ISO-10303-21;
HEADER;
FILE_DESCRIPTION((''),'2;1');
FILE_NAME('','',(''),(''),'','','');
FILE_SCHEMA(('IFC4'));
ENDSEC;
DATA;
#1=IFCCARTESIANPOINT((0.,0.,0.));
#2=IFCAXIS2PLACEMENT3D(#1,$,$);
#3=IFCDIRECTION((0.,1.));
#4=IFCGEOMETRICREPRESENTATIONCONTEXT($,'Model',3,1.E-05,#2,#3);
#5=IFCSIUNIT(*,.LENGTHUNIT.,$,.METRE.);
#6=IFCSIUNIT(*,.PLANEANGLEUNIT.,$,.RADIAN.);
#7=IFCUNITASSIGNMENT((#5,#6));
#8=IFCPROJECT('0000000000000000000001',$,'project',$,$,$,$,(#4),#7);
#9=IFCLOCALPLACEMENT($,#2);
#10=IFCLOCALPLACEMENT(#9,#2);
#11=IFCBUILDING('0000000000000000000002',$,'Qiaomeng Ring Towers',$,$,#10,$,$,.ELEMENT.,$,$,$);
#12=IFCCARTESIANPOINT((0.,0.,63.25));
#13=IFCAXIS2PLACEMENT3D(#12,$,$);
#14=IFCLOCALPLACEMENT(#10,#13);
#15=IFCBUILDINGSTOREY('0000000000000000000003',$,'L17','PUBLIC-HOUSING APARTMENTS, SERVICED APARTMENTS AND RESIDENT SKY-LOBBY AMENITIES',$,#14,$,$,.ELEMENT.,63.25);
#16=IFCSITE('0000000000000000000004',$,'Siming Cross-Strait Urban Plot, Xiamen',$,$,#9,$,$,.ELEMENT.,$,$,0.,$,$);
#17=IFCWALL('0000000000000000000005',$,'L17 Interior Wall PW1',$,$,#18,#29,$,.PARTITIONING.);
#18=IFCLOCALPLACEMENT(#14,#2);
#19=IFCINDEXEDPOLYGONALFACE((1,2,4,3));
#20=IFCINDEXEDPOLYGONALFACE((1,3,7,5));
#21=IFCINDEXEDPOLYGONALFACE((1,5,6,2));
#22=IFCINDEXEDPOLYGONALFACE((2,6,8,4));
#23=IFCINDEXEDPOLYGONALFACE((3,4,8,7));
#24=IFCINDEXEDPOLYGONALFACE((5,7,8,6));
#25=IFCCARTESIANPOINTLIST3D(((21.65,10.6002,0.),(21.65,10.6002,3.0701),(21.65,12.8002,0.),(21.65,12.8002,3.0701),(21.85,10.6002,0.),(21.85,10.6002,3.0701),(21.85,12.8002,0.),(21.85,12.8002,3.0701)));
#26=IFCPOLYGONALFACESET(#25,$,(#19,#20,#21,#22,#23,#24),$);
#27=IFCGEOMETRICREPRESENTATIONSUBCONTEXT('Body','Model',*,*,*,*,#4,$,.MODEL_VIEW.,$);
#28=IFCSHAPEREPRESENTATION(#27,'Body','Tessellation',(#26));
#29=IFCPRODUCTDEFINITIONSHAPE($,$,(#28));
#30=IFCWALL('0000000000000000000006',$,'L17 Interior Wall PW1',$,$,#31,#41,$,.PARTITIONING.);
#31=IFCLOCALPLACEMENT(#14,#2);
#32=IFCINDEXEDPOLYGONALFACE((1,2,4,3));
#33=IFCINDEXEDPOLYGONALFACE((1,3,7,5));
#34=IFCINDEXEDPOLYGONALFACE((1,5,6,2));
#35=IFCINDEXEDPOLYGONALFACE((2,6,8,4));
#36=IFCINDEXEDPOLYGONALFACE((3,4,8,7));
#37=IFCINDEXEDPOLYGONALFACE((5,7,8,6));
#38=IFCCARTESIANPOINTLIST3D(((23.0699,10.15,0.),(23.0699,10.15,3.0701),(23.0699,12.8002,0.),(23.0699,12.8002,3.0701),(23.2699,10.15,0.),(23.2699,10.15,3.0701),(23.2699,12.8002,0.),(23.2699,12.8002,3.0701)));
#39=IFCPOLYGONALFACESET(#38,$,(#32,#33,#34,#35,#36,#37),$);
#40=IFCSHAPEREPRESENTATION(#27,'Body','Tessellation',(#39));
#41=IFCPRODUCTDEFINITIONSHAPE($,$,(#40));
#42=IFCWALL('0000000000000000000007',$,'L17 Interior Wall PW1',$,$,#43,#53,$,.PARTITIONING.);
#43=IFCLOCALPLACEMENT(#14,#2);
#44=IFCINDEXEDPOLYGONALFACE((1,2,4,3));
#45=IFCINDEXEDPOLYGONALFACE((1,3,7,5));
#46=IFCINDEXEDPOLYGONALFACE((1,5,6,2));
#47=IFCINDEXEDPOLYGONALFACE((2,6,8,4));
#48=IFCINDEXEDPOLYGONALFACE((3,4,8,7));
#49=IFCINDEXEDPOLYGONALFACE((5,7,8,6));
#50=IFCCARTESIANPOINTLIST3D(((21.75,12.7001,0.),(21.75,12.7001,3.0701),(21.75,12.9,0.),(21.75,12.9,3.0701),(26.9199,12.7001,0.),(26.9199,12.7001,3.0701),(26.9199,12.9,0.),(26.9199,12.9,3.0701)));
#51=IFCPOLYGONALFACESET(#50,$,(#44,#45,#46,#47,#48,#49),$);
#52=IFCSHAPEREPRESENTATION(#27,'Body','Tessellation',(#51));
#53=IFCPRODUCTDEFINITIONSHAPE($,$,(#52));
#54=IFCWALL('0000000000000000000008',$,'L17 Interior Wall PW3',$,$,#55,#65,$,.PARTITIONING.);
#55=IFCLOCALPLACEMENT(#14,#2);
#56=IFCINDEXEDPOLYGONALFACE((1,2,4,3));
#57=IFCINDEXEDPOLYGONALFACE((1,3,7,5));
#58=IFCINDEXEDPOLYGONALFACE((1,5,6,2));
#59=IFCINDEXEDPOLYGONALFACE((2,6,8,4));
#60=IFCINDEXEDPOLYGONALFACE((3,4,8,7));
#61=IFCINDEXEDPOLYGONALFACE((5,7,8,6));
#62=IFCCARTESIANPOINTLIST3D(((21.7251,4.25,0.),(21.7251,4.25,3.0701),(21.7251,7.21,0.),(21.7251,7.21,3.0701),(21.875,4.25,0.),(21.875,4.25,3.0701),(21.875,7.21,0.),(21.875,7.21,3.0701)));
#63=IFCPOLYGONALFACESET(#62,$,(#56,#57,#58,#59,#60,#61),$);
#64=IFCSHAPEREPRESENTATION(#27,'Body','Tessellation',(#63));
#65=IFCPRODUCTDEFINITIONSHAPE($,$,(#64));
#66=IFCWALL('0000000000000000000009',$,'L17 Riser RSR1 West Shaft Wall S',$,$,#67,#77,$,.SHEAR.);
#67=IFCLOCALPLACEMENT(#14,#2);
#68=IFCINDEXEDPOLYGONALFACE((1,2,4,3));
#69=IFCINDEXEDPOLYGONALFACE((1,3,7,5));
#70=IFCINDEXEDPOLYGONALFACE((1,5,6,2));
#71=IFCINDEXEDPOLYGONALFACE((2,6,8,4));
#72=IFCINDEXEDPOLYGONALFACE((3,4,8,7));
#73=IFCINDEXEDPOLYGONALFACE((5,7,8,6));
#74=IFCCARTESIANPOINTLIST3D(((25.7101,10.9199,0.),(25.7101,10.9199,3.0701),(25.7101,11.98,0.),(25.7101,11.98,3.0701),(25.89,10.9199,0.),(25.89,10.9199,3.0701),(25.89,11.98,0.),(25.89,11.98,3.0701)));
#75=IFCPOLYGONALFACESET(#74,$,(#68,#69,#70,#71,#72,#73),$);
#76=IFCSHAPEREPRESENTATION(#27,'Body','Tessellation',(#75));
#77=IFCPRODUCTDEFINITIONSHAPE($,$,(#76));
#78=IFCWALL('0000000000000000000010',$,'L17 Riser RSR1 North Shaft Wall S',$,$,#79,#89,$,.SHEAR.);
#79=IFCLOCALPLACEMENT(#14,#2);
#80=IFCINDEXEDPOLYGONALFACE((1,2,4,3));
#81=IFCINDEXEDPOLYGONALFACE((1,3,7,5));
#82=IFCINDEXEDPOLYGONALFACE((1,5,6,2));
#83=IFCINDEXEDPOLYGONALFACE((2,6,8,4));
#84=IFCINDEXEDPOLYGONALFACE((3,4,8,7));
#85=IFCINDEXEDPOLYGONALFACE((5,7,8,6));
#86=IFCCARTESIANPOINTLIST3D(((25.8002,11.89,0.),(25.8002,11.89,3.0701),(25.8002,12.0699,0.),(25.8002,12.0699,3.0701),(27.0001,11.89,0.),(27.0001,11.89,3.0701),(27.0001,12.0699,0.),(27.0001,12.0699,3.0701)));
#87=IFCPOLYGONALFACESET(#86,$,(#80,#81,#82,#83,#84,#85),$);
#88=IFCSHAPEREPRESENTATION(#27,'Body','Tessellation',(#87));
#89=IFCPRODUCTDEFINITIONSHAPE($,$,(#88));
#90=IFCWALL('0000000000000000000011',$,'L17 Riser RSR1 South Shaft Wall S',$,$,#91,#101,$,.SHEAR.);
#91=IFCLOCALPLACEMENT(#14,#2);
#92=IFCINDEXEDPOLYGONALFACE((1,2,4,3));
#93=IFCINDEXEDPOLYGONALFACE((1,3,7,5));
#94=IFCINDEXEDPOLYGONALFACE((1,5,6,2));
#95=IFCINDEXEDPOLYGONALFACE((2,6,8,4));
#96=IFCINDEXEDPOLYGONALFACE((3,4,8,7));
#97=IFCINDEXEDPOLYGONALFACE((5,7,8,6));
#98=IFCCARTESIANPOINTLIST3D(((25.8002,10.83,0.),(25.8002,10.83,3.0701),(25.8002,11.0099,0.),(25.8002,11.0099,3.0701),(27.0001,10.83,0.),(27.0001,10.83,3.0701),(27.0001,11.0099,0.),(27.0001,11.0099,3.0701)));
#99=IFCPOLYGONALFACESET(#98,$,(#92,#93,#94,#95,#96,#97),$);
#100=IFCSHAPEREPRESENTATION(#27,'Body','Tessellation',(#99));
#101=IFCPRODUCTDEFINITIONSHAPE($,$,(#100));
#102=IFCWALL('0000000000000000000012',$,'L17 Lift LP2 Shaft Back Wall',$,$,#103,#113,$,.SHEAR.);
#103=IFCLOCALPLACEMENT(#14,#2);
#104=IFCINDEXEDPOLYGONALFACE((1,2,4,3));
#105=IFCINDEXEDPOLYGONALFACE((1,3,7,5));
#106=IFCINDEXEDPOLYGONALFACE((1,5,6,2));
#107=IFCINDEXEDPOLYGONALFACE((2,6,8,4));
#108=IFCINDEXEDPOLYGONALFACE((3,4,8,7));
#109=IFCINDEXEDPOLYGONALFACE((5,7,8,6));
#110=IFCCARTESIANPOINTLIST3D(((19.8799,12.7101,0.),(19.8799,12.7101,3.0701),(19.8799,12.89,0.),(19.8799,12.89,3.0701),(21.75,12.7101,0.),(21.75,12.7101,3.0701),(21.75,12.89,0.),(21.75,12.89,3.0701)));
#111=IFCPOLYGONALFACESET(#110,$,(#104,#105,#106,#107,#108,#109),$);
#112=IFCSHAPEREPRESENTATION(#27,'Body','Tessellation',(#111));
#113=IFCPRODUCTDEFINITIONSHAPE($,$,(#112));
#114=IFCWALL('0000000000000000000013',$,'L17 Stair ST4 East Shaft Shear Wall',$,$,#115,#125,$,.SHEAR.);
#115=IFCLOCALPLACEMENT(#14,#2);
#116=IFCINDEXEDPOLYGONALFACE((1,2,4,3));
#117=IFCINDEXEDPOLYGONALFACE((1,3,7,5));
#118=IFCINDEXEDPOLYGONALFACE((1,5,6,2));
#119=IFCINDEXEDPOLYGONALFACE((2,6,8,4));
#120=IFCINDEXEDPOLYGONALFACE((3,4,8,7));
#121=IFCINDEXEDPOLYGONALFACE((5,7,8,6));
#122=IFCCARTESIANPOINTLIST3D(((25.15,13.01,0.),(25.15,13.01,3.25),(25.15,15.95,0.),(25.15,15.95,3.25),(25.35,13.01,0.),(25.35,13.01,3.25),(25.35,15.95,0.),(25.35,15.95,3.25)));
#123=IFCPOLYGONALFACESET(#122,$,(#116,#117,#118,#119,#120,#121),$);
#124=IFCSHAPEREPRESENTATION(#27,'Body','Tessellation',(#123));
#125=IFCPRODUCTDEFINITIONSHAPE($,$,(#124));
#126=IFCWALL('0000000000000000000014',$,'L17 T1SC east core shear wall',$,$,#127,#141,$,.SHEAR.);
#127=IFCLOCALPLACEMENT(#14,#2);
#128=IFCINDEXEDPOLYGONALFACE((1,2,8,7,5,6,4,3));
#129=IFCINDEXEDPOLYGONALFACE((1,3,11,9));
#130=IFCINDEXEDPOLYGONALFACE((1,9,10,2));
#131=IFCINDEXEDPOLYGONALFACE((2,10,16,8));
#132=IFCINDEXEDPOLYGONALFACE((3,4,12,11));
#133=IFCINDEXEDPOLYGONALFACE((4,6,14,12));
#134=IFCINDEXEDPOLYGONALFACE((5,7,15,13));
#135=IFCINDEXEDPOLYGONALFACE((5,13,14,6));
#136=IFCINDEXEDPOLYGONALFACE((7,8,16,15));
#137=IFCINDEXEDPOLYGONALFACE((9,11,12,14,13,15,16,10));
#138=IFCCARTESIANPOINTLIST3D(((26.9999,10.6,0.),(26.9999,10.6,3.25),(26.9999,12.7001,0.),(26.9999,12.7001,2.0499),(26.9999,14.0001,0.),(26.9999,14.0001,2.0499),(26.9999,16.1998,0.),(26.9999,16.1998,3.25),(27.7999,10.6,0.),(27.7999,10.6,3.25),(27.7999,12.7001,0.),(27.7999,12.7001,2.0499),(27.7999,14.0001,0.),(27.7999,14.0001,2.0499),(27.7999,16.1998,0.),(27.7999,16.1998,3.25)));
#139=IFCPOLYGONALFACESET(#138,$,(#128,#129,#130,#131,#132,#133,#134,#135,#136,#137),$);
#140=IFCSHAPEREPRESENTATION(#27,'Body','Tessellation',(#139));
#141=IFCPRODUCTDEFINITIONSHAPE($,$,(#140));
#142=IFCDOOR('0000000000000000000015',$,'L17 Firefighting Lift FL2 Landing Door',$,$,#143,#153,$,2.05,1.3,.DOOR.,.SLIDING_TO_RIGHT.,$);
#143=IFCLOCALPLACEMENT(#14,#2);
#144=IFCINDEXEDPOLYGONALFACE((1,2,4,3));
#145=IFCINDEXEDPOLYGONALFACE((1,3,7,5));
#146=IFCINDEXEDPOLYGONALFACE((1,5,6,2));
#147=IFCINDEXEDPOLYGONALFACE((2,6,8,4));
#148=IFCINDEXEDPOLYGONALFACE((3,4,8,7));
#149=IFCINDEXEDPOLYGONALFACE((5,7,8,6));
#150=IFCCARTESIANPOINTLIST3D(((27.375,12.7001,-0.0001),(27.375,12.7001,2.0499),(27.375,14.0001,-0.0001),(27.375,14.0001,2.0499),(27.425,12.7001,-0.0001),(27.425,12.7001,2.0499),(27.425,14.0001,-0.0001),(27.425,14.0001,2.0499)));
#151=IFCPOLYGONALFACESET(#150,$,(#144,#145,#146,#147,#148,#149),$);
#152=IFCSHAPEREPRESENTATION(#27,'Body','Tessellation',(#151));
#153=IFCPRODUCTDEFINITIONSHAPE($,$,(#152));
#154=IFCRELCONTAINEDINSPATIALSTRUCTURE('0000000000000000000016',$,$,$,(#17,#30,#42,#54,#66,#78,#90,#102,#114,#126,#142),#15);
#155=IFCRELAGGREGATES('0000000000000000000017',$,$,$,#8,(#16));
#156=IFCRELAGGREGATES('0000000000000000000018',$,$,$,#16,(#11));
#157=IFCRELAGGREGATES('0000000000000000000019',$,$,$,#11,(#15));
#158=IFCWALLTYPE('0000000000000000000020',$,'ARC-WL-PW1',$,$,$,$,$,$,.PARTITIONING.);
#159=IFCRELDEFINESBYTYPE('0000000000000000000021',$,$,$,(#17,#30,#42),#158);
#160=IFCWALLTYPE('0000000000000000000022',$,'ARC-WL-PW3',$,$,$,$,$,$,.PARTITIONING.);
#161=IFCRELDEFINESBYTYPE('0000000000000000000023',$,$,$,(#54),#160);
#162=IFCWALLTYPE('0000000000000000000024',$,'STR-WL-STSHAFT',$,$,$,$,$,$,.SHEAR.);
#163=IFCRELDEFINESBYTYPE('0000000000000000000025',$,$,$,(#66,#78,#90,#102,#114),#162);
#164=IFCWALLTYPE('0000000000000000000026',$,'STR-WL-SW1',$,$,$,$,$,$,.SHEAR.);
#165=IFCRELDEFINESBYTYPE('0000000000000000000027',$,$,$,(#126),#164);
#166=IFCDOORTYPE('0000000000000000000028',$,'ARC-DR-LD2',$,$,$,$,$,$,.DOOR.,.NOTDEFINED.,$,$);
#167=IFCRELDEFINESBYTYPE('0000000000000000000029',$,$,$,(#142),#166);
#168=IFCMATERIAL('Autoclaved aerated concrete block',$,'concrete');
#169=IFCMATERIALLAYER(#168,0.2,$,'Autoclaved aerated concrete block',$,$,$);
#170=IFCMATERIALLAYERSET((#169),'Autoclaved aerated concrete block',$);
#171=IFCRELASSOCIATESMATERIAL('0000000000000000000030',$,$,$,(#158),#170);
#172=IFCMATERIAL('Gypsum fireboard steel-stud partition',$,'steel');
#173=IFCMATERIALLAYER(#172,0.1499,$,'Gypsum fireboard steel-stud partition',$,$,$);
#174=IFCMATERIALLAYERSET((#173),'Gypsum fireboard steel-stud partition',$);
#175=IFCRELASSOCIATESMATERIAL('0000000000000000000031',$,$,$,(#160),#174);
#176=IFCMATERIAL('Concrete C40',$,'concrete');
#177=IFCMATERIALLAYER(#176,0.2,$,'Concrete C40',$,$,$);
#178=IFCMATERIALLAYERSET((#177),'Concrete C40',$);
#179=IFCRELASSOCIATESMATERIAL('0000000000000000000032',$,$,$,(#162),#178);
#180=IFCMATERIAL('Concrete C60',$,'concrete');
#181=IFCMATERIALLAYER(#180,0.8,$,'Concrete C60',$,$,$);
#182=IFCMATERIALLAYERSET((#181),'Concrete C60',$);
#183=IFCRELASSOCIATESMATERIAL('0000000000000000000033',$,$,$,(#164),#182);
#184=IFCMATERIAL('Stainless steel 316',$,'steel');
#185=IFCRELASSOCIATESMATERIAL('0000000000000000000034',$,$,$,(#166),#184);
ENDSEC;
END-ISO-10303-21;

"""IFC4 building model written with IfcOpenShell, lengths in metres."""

from ifc_helpers import new_model, si_unit, direction, frame, frame_2d, origin, place, context, subcontext, project, spatial, rectangle, extrude, source, transform, mapped, material, layer, layer_set, type_object, element, fill, save


model = new_model("IFC4")

# Units and contexts
model_context = context("Model", 3, precision=1e-05, world=origin(), true_north=direction((0.0, 1.0)))
body_context = subcontext(model_context, "Body", "Model", "MODEL_VIEW")
ifc_project = project(units=[si_unit("LENGTHUNIT", "METRE"), si_unit("PLANEANGLEUNIT", "RADIAN")], contexts=[model_context])

# Site, building, storey
site_placement = place(None, origin())
site = spatial("IfcSite", under=ifc_project, at=site_placement, Name="Siming Cross-Strait Urban Plot, Xiamen", CompositionType="ELEMENT", RefElevation=0.0)
building_placement = place(site_placement, origin())
building = spatial("IfcBuilding", under=site, at=building_placement, Name="Qiaomeng Ring Towers", CompositionType="ELEMENT")
storey_placement = place(building_placement, frame((0.0, 0.0, 63.25)))
storey = spatial("IfcBuildingStorey", under=building, at=storey_placement, Name="L17", Description="PUBLIC-HOUSING APARTMENTS, SERVICED APARTMENTS AND RESIDENT SKY-LOBBY AMENITIES", CompositionType="ELEMENT", Elevation=63.25)

# Shared definitions
ifc_material_1 = material(Name="Autoclaved aerated concrete block", Category="concrete")
ifc_layer_1 = layer(ifc_material_1, 0.2, Name="Autoclaved aerated concrete block")
ifc_layer_set_1 = layer_set([ifc_layer_1], Name="Autoclaved aerated concrete block")
wall_type_1 = type_object("IfcWallType", Name="ARC-WL-PW1", PredefinedType="PARTITIONING", material=ifc_layer_set_1)

# Walls
wall_1_placement = place(storey_placement, frame((21.75, 10.6001, 0.0), z_axis=(0.0, 0.0, 1.0), x_axis=(0.0, 1.0, 0.0)))
element("IfcWall", 1, at=wall_1_placement, inside=storey, type_object=wall_type_1, Name="L17 Interior Wall PW1", PredefinedType="PARTITIONING", context=body_context, shape_type="SweptSolid", body=[
    extrude(rectangle(XDim=2.2, YDim=0.2, at=frame_2d((1.1001, 0.0))), origin(), (0.0, 0.0, 1.0), 3.0701),
])
wall_2_placement = place(storey_placement, frame((23.1699, 10.1499, 0.0), z_axis=(0.0, 0.0, 1.0), x_axis=(0.0, 1.0, 0.0)))
element("IfcWall", 2, at=wall_2_placement, inside=storey, type_object=wall_type_1, Name="L17 Interior Wall PW1", PredefinedType="PARTITIONING", context=body_context, shape_type="SweptSolid", body=[
    extrude(rectangle(XDim=2.6501, YDim=0.2, at=frame_2d((1.3252, 0.0))), origin(), (0.0, 0.0, 1.0), 3.0701),
])
wall_3_placement = place(storey_placement, frame((21.75, 12.8, 0.0), z_axis=(0.0, 0.0, 1.0), x_axis=(1.0, 0.0, 0.0)))
element("IfcWall", 3, at=wall_3_placement, inside=storey, type_object=wall_type_1, Name="L17 Interior Wall PW1", PredefinedType="PARTITIONING", context=body_context, shape_type="SweptSolid", body=[
    extrude(rectangle(XDim=5.1699, YDim=0.2, at=frame_2d((2.585, 0.0))), origin(), (0.0, 0.0, 1.0), 3.0701),
])
ifc_material_2 = material(Name="Gypsum fireboard steel-stud partition", Category="steel")
ifc_layer_2 = layer(ifc_material_2, 0.1499, Name="Gypsum fireboard steel-stud partition")
ifc_layer_set_2 = layer_set([ifc_layer_2], Name="Gypsum fireboard steel-stud partition")
wall_type_2 = type_object("IfcWallType", Name="ARC-WL-PW3", PredefinedType="PARTITIONING", material=ifc_layer_set_2)
wall_4_placement = place(storey_placement, frame((21.8, 4.25, 0.0), z_axis=(0.0, 0.0, 1.0), x_axis=(0.0, 1.0, 0.0)))
element("IfcWall", 4, at=wall_4_placement, inside=storey, type_object=wall_type_2, Name="L17 Interior Wall PW3", PredefinedType="PARTITIONING", context=body_context, shape_type="SweptSolid", body=[
    extrude(rectangle(XDim=2.96, YDim=0.1499, at=frame_2d((1.48, 0.0))), origin(), (0.0, 0.0, 1.0), 3.0701),
])
ifc_material_3 = material(Name="Concrete C40", Category="concrete")
ifc_layer_3 = layer(ifc_material_3, 0.2, Name="Concrete C40")
ifc_layer_set_3 = layer_set([ifc_layer_3], Name="Concrete C40")
wall_type_3 = type_object("IfcWallType", Name="STR-WL-STSHAFT", PredefinedType="SHEAR", material=ifc_layer_set_3)
wall_5_placement = place(storey_placement, frame((25.8, 10.9199, 0.0), z_axis=(0.0, 0.0, 1.0), x_axis=(0.0, 1.0, 0.0)))
element("IfcWall", 5, at=wall_5_placement, inside=storey, type_object=wall_type_3, Name="L17 Riser RSR1 West Shaft Wall S", PredefinedType="SHEAR", context=body_context, shape_type="SweptSolid", body=[
    extrude(rectangle(XDim=1.0601, YDim=0.1799, at=frame_2d((0.53, 0.0))), origin(), (0.0, 0.0, 1.0), 3.0701),
])
for number, where, z_axis, x_axis, name in (
    (6, (25.8, 11.98, 0.0), (0.0, 0.0, 1.0), (1.0, 0.0, 0.0), "L17 Riser RSR1 North Shaft Wall S"),
    (7, (25.8, 10.9199, 0.0), (0.0, 0.0, 1.0), (1.0, 0.0, 0.0), "L17 Riser RSR1 South Shaft Wall S"),
):
    element("IfcWall", number, at=place(storey_placement, frame(where, z_axis=z_axis, x_axis=x_axis)), inside=storey, type_object=wall_type_3, Name=name, PredefinedType="SHEAR", context=body_context, shape_type="SweptSolid", body=[
        extrude(rectangle(XDim=1.2, YDim=0.1799, at=frame_2d((0.6001, 0.0))), origin(), (0.0, 0.0, 1.0), 3.0701),
    ])
wall_6_placement = place(storey_placement, frame((19.8799, 12.8, 0.0), z_axis=(0.0, 0.0, 1.0), x_axis=(1.0, 0.0, 0.0)))
element("IfcWall", 8, at=wall_6_placement, inside=storey, type_object=wall_type_3, Name="L17 Lift LP2 Shaft Back Wall", PredefinedType="SHEAR", context=body_context, shape_type="SweptSolid", body=[
    extrude(rectangle(XDim=1.8701, YDim=0.1799, at=frame_2d((0.9351, 0.0))), origin(), (0.0, 0.0, 1.0), 3.0701),
])
wall_7_placement = place(storey_placement, frame((25.25, 13.01, 0.0), z_axis=(0.0, 0.0, 1.0), x_axis=(0.0, 1.0, 0.0)))
element("IfcWall", 9, at=wall_7_placement, inside=storey, type_object=wall_type_3, Name="L17 Stair ST4 East Shaft Shear Wall", PredefinedType="SHEAR", context=body_context, shape_type="SweptSolid", body=[
    extrude(rectangle(XDim=2.9399, YDim=0.2, at=frame_2d((1.47, 0.0))), origin(), (0.0, 0.0, 1.0), 3.25),
])

# Wall, opening, door
ifc_material_4 = material(Name="Concrete C60", Category="concrete")
ifc_layer_4 = layer(ifc_material_4, 0.8, Name="Concrete C60")
ifc_layer_set_4 = layer_set([ifc_layer_4], Name="Concrete C60")
wall_type_4 = type_object("IfcWallType", Name="STR-WL-SW1", PredefinedType="SHEAR", material=ifc_layer_set_4)
wall_8_placement = place(storey_placement, frame((27.3999, 10.6001, 0.0), z_axis=(0.0, 0.0, 1.0), x_axis=(0.0, 1.0, 0.0)))
wall_8 = element("IfcWall", 10, at=wall_8_placement, inside=storey, type_object=wall_type_4, Name="L17 T1SC east core shear wall", PredefinedType="SHEAR", context=body_context, shape_type="SweptSolid", body=[
    extrude(rectangle(XDim=5.5999, YDim=0.8, at=frame_2d((2.7998, 0.0))), origin(), (0.0, 0.0, 1.0), 3.25),
])
opening_1_placement = place(wall_8_placement, frame((2.1001, 0.0, 0.0)))
opening_1 = element("IfcOpeningElement", 11, at=opening_1_placement, cuts=wall_8, PredefinedType="OPENING", context=body_context, shape_type="SweptSolid", body=[
    extrude(rectangle(XDim=1.3, YDim=2.05, at=frame_2d((0.6499, 1.0249))), frame((0.0, 0.4099, 0.0), z_axis=(0.0, -1.0, 0.0), x_axis=(1.0, 0.0, 0.0)), (0.0, 0.0, 1.0), 0.8201),
])
ifc_material_5 = material(Name="Stainless steel 316", Category="steel")
door_type_1 = type_object("IfcDoorType", Name="ARC-DR-LD2", OperationType="NOTDEFINED", PredefinedType="DOOR", material=ifc_material_5)
shared_shape_1 = source(origin(), body_context, "Body", "SweptSolid", [
    extrude(rectangle(XDim=1.3, YDim=2.05, at=frame_2d((0.6499, 1.0249))), frame((0.0, 0.0249, 0.0), z_axis=(0.0, -1.0, 0.0), x_axis=(1.0, 0.0, 0.0)), (0.0, 0.0, 1.0), 0.05),
])
door_1_placement = place(opening_1_placement, origin())
door_1 = element("IfcDoor", 12, at=door_1_placement, inside=storey, type_object=door_type_1, Name="L17 Firefighting Lift FL2 Landing Door", OperationType="SLIDING_TO_RIGHT", OverallHeight=2.05, OverallWidth=1.3, PredefinedType="DOOR", context=body_context, shape_type="MappedRepresentation", body=[
    mapped(shared_shape_1, transform((0.0, 0.0, 0.0), x_axis=(1.0, 0.0, 0.0), y_axis=(0.0, 1.0, 0.0), z_axis=(0.0, 0.0, 1.0), scale=1.0)),
])
fill(opening_1, door_1)

save(model, "model.ifc")
